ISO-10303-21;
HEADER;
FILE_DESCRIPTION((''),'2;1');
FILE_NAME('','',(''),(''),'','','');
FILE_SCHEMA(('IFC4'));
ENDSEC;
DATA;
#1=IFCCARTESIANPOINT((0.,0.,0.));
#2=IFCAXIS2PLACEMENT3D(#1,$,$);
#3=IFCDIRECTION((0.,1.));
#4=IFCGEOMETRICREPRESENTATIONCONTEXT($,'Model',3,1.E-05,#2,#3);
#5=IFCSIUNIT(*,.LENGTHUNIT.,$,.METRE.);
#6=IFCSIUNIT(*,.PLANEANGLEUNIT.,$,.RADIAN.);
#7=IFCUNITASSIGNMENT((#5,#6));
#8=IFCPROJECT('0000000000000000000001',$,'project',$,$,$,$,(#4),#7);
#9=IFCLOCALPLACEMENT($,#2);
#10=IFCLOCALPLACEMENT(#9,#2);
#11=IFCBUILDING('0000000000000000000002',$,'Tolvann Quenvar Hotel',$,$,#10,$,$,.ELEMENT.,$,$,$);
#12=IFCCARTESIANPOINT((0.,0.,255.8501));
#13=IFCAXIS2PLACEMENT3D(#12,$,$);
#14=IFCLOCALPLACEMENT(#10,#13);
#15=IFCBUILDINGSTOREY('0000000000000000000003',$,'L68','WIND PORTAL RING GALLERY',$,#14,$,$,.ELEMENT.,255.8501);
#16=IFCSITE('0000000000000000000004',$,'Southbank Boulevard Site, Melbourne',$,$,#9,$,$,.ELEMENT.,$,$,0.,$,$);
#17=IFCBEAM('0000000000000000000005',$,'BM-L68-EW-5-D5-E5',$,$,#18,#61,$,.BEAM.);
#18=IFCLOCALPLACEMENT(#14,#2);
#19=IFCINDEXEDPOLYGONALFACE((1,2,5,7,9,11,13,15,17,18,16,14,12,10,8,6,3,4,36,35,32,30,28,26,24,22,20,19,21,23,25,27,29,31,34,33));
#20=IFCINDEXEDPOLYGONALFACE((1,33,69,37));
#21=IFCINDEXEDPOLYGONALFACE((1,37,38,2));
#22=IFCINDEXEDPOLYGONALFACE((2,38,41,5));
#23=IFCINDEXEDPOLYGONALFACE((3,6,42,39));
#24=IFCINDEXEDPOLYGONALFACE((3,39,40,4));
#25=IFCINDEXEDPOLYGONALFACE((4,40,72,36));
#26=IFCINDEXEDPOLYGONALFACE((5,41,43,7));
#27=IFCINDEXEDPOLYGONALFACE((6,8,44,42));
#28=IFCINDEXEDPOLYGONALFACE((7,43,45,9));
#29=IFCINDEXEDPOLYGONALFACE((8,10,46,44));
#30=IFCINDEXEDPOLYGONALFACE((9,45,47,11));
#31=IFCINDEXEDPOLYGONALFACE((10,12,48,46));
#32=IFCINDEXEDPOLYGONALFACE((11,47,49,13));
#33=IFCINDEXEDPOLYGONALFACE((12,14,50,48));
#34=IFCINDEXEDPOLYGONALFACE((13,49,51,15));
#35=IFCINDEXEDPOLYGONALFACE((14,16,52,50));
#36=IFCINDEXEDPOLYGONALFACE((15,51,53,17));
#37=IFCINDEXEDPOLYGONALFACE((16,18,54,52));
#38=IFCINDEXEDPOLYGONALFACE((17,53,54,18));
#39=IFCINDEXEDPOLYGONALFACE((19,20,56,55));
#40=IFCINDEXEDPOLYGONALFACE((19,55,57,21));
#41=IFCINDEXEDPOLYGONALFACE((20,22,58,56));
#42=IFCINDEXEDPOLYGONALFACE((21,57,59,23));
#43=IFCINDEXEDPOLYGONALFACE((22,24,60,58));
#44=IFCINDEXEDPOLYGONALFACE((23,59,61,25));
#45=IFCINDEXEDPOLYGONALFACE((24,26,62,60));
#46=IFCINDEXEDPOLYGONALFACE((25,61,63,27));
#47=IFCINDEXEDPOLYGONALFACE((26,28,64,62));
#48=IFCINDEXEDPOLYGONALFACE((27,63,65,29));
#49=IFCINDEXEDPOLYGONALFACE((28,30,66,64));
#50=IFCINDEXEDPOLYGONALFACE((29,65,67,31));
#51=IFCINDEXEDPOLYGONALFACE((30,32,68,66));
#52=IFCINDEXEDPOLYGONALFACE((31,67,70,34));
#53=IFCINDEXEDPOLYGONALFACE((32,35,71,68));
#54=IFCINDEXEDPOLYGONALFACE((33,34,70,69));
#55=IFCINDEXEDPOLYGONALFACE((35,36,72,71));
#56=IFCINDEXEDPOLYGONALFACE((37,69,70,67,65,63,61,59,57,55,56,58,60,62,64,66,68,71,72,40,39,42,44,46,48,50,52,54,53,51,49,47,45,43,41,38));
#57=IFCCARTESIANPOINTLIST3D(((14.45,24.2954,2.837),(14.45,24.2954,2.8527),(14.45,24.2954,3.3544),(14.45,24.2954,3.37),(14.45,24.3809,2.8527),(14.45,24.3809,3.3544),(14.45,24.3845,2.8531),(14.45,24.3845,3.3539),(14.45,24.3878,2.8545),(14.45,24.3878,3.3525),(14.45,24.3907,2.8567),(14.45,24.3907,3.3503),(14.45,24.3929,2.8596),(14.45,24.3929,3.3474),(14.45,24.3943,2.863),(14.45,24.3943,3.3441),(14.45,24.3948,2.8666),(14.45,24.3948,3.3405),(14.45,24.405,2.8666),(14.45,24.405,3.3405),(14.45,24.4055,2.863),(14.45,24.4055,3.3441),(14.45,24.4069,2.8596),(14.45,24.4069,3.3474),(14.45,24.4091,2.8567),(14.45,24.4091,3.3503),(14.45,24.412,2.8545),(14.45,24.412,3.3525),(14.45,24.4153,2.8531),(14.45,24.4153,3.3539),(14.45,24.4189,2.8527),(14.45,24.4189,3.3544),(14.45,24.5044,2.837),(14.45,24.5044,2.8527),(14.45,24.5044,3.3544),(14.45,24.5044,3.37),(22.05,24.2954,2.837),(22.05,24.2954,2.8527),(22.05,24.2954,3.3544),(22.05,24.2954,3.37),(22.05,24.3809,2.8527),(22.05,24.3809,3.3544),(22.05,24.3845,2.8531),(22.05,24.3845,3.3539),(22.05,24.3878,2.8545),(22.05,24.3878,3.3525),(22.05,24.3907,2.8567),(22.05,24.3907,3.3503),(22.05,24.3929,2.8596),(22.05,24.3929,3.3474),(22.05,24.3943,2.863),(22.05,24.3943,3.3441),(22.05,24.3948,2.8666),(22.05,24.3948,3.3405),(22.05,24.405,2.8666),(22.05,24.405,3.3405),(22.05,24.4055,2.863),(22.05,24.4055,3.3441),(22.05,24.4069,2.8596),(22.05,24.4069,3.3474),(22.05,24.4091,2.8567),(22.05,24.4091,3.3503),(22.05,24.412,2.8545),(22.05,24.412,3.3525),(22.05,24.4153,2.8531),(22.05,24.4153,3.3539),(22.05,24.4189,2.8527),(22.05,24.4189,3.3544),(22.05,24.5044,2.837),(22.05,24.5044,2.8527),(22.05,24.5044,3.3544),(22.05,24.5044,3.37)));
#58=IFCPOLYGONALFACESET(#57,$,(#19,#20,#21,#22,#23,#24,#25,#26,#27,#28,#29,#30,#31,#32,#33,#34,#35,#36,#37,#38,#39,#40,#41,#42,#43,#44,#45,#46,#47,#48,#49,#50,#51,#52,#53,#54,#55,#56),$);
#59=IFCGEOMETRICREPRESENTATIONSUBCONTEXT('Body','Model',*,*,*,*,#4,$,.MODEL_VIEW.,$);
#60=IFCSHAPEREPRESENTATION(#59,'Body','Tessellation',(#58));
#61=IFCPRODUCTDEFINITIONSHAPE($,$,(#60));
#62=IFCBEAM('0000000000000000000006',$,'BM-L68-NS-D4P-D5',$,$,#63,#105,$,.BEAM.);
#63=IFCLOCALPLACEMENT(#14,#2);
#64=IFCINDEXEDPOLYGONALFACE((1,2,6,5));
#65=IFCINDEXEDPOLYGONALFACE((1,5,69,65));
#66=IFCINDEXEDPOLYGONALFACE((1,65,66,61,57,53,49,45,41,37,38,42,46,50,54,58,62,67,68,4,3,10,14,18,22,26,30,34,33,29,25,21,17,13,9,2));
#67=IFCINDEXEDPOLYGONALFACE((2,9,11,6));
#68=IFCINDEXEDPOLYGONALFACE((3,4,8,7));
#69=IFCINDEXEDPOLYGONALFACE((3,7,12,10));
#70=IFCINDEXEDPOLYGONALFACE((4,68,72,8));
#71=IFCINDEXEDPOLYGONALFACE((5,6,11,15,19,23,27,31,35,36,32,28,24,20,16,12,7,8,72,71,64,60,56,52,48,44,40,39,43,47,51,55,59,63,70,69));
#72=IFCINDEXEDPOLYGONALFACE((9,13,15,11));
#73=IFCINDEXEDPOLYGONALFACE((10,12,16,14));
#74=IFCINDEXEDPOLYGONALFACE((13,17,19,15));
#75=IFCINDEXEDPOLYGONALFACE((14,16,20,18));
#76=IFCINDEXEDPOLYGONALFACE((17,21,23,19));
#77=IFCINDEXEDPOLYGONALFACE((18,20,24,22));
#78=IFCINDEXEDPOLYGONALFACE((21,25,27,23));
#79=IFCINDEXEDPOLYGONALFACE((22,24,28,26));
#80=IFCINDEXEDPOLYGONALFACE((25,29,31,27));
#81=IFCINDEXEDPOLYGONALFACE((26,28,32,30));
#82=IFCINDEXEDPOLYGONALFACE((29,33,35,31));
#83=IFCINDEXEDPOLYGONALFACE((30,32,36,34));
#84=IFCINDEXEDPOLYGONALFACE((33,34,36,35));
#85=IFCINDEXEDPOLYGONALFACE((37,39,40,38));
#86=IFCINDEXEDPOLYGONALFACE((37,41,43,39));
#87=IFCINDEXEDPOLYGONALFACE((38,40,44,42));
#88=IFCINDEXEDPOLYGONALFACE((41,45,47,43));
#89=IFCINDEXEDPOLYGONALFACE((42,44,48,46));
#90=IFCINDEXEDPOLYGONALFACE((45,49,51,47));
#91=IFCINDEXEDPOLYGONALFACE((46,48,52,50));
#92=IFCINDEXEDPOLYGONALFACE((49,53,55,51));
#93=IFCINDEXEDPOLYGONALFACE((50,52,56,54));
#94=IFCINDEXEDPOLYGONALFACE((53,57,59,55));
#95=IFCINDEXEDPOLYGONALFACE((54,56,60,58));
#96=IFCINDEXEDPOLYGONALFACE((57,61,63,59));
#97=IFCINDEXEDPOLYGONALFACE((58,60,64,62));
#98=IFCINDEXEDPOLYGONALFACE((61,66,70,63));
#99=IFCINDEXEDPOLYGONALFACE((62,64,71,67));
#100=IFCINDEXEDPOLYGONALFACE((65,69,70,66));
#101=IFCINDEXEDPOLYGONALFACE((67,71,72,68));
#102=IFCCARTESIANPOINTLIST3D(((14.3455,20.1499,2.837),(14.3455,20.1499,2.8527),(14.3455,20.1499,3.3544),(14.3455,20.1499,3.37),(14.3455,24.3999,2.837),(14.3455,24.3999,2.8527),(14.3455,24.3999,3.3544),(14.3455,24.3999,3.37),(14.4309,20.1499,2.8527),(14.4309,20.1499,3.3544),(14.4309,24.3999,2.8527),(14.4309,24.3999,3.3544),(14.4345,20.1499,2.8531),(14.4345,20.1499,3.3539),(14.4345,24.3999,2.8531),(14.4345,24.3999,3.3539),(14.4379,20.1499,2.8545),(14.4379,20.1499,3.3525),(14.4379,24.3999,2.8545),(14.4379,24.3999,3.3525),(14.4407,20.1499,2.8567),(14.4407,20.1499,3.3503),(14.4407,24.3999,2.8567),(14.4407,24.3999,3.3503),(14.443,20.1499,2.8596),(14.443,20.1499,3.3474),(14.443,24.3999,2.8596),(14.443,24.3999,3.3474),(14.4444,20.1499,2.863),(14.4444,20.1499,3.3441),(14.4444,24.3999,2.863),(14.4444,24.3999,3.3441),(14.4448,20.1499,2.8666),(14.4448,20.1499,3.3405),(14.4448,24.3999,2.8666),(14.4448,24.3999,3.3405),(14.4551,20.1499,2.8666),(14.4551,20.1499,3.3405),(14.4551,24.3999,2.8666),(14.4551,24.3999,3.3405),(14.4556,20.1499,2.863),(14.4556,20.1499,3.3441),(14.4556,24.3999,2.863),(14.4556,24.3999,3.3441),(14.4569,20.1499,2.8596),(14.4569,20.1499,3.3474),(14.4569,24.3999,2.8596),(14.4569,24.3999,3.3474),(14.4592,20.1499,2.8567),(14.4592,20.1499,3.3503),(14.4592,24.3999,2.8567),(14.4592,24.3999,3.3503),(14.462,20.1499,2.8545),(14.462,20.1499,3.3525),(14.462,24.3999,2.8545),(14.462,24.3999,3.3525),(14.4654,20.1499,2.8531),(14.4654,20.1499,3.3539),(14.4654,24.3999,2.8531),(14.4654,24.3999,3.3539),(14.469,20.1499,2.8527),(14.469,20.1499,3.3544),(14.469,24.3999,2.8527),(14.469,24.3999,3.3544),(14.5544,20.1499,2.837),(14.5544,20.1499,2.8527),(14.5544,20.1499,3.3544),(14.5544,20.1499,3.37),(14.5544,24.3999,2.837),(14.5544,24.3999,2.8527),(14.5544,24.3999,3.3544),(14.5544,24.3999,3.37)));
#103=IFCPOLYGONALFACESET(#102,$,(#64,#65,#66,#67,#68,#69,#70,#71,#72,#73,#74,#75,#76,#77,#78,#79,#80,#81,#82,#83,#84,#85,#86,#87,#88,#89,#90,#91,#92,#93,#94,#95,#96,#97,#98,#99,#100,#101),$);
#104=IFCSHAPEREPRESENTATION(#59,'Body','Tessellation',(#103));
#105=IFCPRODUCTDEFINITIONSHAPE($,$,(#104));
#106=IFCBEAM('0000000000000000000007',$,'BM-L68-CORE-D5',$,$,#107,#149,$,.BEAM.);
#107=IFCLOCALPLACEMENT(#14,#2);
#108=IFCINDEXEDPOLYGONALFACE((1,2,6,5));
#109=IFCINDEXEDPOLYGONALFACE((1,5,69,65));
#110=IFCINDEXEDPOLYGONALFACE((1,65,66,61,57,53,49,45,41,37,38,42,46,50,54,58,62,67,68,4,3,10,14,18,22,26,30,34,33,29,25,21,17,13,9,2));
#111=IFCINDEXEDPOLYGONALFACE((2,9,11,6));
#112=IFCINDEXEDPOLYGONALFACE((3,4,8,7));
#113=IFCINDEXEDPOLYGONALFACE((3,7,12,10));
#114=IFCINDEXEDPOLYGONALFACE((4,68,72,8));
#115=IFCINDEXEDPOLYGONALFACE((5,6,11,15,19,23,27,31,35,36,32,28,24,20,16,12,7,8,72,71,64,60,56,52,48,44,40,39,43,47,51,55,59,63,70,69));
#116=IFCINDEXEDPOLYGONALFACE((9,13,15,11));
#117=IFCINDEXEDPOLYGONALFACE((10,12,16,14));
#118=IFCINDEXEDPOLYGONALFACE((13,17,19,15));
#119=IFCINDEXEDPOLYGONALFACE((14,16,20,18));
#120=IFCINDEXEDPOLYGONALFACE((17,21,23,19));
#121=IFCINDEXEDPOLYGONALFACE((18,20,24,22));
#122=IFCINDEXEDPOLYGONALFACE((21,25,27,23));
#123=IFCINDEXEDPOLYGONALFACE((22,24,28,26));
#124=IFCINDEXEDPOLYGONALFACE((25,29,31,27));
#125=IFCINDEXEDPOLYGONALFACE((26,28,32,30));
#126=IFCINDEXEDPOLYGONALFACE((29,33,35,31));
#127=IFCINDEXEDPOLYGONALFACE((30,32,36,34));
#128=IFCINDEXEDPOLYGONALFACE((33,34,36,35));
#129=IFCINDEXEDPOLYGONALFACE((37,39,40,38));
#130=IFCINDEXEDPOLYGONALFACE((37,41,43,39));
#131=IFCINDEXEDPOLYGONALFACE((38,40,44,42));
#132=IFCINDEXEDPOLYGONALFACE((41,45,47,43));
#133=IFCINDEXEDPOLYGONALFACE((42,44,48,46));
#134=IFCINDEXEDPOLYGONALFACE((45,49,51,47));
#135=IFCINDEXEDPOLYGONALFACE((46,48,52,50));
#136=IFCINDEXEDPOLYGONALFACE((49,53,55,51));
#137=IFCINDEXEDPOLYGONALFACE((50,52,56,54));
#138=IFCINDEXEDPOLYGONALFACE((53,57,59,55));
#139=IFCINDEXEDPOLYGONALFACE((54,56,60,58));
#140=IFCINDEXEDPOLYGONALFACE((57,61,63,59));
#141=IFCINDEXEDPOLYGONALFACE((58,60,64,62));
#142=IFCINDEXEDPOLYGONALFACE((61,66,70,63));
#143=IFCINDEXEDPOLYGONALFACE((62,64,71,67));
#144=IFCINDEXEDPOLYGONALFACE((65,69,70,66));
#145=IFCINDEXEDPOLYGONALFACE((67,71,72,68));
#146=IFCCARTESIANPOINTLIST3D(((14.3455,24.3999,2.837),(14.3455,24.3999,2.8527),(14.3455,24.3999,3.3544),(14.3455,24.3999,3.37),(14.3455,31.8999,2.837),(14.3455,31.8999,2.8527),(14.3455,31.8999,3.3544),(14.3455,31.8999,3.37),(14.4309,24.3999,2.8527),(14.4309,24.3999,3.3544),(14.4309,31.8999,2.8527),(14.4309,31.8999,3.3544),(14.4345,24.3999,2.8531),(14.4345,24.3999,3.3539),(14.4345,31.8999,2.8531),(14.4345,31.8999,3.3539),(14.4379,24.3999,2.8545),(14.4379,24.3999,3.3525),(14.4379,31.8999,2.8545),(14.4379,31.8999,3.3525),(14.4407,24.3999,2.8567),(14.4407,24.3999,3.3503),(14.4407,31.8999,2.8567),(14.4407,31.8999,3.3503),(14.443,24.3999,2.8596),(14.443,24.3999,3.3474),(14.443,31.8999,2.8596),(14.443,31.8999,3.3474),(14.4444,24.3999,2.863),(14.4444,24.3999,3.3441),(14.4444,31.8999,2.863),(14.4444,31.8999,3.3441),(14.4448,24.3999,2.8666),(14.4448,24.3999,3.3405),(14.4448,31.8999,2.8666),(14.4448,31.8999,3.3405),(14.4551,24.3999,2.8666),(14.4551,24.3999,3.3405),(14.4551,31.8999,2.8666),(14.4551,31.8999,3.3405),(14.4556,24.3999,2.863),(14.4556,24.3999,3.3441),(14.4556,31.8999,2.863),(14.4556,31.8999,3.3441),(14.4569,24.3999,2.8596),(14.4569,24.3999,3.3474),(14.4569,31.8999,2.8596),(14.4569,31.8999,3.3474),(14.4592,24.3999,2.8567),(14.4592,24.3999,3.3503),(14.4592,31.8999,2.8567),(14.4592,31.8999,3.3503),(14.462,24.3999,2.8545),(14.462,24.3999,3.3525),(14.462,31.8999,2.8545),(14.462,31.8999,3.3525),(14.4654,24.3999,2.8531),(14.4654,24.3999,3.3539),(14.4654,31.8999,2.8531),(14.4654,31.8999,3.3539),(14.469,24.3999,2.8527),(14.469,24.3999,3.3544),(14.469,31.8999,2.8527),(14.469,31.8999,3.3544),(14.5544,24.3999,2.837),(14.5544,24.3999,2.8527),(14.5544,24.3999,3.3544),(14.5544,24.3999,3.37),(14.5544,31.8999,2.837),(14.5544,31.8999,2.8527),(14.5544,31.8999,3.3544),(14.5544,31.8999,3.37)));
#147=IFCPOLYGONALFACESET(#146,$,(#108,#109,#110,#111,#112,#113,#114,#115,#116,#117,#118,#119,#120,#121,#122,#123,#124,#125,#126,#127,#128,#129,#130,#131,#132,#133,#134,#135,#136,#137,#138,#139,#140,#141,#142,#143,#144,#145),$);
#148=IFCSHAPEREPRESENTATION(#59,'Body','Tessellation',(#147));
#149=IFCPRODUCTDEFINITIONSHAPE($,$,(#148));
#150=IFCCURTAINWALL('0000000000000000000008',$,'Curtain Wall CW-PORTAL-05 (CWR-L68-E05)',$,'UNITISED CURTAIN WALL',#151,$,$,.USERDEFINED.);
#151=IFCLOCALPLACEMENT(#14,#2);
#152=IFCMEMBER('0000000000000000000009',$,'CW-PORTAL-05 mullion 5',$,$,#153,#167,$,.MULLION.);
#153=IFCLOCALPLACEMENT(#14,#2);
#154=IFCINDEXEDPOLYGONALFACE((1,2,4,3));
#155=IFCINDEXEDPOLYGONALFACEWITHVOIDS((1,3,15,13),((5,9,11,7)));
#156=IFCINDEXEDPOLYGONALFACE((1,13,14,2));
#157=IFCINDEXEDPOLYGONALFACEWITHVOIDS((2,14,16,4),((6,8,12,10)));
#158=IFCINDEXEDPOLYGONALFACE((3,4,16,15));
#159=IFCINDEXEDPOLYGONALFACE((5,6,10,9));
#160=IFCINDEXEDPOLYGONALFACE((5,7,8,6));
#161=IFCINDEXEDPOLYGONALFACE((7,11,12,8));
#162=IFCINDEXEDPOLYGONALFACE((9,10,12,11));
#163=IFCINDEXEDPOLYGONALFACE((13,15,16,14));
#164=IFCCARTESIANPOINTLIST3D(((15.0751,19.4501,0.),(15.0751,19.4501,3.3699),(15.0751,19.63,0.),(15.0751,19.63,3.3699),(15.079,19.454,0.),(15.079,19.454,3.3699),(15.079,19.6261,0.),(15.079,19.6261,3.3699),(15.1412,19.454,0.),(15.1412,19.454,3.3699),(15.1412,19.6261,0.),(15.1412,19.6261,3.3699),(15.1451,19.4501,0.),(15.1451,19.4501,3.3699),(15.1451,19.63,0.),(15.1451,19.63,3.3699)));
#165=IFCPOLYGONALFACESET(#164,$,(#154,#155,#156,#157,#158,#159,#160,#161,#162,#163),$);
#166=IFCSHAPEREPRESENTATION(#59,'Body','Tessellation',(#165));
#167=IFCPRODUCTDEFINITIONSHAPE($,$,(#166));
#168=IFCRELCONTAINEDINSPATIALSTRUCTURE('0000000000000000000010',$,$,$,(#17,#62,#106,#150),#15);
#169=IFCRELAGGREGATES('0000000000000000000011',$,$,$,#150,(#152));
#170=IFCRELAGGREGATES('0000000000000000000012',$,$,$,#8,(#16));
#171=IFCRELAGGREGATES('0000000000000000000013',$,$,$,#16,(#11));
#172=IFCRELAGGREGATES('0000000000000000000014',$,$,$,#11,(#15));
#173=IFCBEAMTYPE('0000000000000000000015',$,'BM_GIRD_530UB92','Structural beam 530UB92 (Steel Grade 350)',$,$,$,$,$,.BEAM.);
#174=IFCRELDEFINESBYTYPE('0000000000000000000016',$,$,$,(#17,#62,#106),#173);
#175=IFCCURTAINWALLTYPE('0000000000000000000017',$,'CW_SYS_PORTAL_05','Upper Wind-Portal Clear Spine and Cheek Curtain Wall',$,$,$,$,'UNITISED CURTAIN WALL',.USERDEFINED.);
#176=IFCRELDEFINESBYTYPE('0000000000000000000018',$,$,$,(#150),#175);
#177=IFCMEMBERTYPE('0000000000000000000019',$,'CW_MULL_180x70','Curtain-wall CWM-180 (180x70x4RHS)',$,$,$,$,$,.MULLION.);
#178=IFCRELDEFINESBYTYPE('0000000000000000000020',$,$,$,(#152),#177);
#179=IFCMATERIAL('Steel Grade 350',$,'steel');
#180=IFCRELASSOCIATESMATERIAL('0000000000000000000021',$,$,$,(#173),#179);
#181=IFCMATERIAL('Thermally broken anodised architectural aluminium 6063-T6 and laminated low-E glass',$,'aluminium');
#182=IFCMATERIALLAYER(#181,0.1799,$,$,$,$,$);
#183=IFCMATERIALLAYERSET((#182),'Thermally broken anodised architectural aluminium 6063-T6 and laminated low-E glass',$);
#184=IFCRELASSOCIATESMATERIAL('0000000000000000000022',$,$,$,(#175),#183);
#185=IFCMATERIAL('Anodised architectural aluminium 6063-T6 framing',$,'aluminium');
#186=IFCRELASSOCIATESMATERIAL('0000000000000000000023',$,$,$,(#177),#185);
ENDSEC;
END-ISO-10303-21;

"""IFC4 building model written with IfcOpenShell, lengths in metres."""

from ifc_helpers import new_model, si_unit, direction, frame, origin, origin_2d, place, context, subcontext, project, spatial, hollow_rectangle, i_section, extrude, source, transform, mapped, material, layer, layer_set, material_profile, profile_set, type_object, type_shapes, element, aggregate, save


model = new_model("IFC4")

# Units and contexts
model_context = context("Model", 3, precision=1e-05, world=origin(), true_north=direction((0.0, 1.0)))
body_context = subcontext(model_context, "Body", "Model", "MODEL_VIEW")
ifc_project = project(units=[si_unit("LENGTHUNIT", "METRE"), si_unit("PLANEANGLEUNIT", "RADIAN")], contexts=[model_context])

# Site, building, storey
site_placement = place(None, origin())
site = spatial("IfcSite", under=ifc_project, at=site_placement, Name="Southbank Boulevard Site, Melbourne", CompositionType="ELEMENT", RefElevation=0.0)
building_placement = place(site_placement, origin())
building = spatial("IfcBuilding", under=site, at=building_placement, Name="Tolvann Quenvar Hotel", CompositionType="ELEMENT")
storey_placement = place(building_placement, frame((0.0, 0.0, 255.8501)))
storey = spatial("IfcBuildingStorey", under=building, at=storey_placement, Name="L68", Description="WIND PORTAL RING GALLERY", CompositionType="ELEMENT", Elevation=255.8501)

# Shared definitions
ifc_material_1 = material(Name="Steel Grade 350", Category="steel")

# Beams
ifc_material_profile_1 = material_profile(ifc_material_1, i_section(OverallWidth=0.209, OverallDepth=0.533, WebThickness=0.0103, FlangeThickness=0.0156, FilletRadius=0.0139, at=origin_2d()), Name="530UB92")
ifc_profile_set_1 = profile_set([ifc_material_profile_1], Name="Steel Grade 350")
beam_type_1 = type_object("IfcBeamType", Name="BM_GIRD_530UB92", Description="Structural beam 530UB92 (Steel Grade 350)", PredefinedType="BEAM", material=ifc_profile_set_1)
shared_shape_1 = source(origin(), body_context, "Body", "SweptSolid", [
    extrude(i_section(OverallWidth=0.209, OverallDepth=0.533, WebThickness=0.0103, FlangeThickness=0.0156, FilletRadius=0.0139, at=origin_2d()), origin(), (0.0, 0.0, 1.0), 7.6001),
])
for number, where, z_axis, x_axis, name in (
    (1, (14.45, 24.3999, 3.1035), (1.0, 0.0, 0.0), (0.0, 1.0, 0.0), "BM-L68-EW-5-D5-E5"),
):
    element("IfcBeam", number, at=place(storey_placement, frame(where, z_axis=z_axis, x_axis=x_axis)), inside=storey, type_object=beam_type_1, Name=name, PredefinedType="BEAM", context=body_context, shape_type="MappedRepresentation", body=[
        mapped(shared_shape_1, transform((0.0, 0.0, 0.0), x_axis=(1.0, 0.0, 0.0), y_axis=(0.0, 1.0, 0.0), z_axis=(0.0, 0.0, 1.0), scale=1.0)),
    ])
shared_shape_2 = source(origin(), body_context, "Body", "SweptSolid", [
    extrude(i_section(OverallWidth=0.209, OverallDepth=0.533, WebThickness=0.0103, FlangeThickness=0.0156, FilletRadius=0.0139, at=origin_2d()), origin(), (0.0, 0.0, 1.0), 4.25),
])
beam_1_placement = place(storey_placement, frame((14.45, 20.1499, 3.1035), z_axis=(0.0, 1.0, 0.0), x_axis=(-1.0, 0.0, 0.0)))
element("IfcBeam", 2, at=beam_1_placement, inside=storey, type_object=beam_type_1, Name="BM-L68-NS-D4P-D5", PredefinedType="BEAM", context=body_context, shape_type="MappedRepresentation", body=[
    mapped(shared_shape_2, transform((0.0, 0.0, 0.0), x_axis=(1.0, 0.0, 0.0), y_axis=(0.0, 1.0, 0.0), z_axis=(0.0, 0.0, 1.0), scale=1.0)),
])
shared_shape_3 = source(origin(), body_context, "Body", "SweptSolid", [
    extrude(i_section(OverallWidth=0.209, OverallDepth=0.533, WebThickness=0.0103, FlangeThickness=0.0156, FilletRadius=0.0139, at=origin_2d()), origin(), (0.0, 0.0, 1.0), 7.5),
])
type_shapes(beam_type_1, [shared_shape_1, shared_shape_2, shared_shape_3])
beam_2_placement = place(storey_placement, frame((14.45, 24.3999, 3.1035), z_axis=(0.0, 1.0, 0.0), x_axis=(-1.0, 0.0, 0.0)))
element("IfcBeam", 3, at=beam_2_placement, inside=storey, type_object=beam_type_1, Name="BM-L68-CORE-D5", PredefinedType="BEAM", context=body_context, shape_type="MappedRepresentation", body=[
    mapped(shared_shape_3, transform((0.0, 0.0, 0.0), x_axis=(1.0, 0.0, 0.0), y_axis=(0.0, 1.0, 0.0), z_axis=(0.0, 0.0, 1.0), scale=1.0)),
])

# Curtain wall, member
ifc_material_2 = material(Name="Thermally broken anodised architectural aluminium 6063-T6 and laminated low-E glass", Category="aluminium")
ifc_layer_1 = layer(ifc_material_2, 0.1799)
ifc_layer_set_1 = layer_set([ifc_layer_1], Name="Thermally broken anodised architectural aluminium 6063-T6 and laminated low-E glass")
curtain_wall_type = type_object("IfcCurtainWallType", Name="CW_SYS_PORTAL_05", Description="Upper Wind-Portal Clear Spine and Cheek Curtain Wall", ElementType="UNITISED CURTAIN WALL", PredefinedType="USERDEFINED", material=ifc_layer_set_1)
curtain_wall_placement = place(storey_placement, origin())
curtain_wall = element("IfcCurtainWall", 4, at=curtain_wall_placement, inside=storey, type_object=curtain_wall_type, Name="Curtain Wall CW-PORTAL-05 (CWR-L68-E05)", ObjectType="UNITISED CURTAIN WALL", PredefinedType="USERDEFINED")
ifc_material_3 = material(Name="Anodised architectural aluminium 6063-T6 framing", Category="aluminium")
ifc_material_profile_2 = material_profile(ifc_material_3, hollow_rectangle(XDim=0.0701, YDim=0.1799, WallThickness=0.0039, at=origin_2d()), Name="180x70x4RHS")
ifc_profile_set_2 = profile_set([ifc_material_profile_2], Name="Anodised architectural aluminium 6063-T6 framing")
member_type = type_object("IfcMemberType", Name="CW_MULL_180x70", Description="Curtain-wall CWM-180 (180x70x4RHS)", PredefinedType="MULLION", material=ifc_profile_set_2)
shared_shape_4 = source(origin(), body_context, "Body", "SweptSolid", [
    extrude(hollow_rectangle(XDim=0.0701, YDim=0.1799, WallThickness=0.0039, at=origin_2d()), origin(), (0.0, 0.0, 1.0), 3.3699),
])
type_shapes(member_type, [shared_shape_4])
member_placement = place(storey_placement, frame((15.1101, 19.54, 0.0), z_axis=(0.0, 0.0, 1.0), x_axis=(-1.0, 0.0, 0.0)))
member = element("IfcMember", 5, at=member_placement, type_object=member_type, Name="CW-PORTAL-05 mullion 5", PredefinedType="MULLION", context=body_context, shape_type="MappedRepresentation", body=[
    mapped(shared_shape_4, transform((0.0, 0.0, 0.0), x_axis=(1.0, 0.0, 0.0), y_axis=(0.0, 1.0, 0.0), z_axis=(0.0, 0.0, 1.0), scale=1.0)),
])
aggregate(curtain_wall, [member])

save(model, "model.ifc")
